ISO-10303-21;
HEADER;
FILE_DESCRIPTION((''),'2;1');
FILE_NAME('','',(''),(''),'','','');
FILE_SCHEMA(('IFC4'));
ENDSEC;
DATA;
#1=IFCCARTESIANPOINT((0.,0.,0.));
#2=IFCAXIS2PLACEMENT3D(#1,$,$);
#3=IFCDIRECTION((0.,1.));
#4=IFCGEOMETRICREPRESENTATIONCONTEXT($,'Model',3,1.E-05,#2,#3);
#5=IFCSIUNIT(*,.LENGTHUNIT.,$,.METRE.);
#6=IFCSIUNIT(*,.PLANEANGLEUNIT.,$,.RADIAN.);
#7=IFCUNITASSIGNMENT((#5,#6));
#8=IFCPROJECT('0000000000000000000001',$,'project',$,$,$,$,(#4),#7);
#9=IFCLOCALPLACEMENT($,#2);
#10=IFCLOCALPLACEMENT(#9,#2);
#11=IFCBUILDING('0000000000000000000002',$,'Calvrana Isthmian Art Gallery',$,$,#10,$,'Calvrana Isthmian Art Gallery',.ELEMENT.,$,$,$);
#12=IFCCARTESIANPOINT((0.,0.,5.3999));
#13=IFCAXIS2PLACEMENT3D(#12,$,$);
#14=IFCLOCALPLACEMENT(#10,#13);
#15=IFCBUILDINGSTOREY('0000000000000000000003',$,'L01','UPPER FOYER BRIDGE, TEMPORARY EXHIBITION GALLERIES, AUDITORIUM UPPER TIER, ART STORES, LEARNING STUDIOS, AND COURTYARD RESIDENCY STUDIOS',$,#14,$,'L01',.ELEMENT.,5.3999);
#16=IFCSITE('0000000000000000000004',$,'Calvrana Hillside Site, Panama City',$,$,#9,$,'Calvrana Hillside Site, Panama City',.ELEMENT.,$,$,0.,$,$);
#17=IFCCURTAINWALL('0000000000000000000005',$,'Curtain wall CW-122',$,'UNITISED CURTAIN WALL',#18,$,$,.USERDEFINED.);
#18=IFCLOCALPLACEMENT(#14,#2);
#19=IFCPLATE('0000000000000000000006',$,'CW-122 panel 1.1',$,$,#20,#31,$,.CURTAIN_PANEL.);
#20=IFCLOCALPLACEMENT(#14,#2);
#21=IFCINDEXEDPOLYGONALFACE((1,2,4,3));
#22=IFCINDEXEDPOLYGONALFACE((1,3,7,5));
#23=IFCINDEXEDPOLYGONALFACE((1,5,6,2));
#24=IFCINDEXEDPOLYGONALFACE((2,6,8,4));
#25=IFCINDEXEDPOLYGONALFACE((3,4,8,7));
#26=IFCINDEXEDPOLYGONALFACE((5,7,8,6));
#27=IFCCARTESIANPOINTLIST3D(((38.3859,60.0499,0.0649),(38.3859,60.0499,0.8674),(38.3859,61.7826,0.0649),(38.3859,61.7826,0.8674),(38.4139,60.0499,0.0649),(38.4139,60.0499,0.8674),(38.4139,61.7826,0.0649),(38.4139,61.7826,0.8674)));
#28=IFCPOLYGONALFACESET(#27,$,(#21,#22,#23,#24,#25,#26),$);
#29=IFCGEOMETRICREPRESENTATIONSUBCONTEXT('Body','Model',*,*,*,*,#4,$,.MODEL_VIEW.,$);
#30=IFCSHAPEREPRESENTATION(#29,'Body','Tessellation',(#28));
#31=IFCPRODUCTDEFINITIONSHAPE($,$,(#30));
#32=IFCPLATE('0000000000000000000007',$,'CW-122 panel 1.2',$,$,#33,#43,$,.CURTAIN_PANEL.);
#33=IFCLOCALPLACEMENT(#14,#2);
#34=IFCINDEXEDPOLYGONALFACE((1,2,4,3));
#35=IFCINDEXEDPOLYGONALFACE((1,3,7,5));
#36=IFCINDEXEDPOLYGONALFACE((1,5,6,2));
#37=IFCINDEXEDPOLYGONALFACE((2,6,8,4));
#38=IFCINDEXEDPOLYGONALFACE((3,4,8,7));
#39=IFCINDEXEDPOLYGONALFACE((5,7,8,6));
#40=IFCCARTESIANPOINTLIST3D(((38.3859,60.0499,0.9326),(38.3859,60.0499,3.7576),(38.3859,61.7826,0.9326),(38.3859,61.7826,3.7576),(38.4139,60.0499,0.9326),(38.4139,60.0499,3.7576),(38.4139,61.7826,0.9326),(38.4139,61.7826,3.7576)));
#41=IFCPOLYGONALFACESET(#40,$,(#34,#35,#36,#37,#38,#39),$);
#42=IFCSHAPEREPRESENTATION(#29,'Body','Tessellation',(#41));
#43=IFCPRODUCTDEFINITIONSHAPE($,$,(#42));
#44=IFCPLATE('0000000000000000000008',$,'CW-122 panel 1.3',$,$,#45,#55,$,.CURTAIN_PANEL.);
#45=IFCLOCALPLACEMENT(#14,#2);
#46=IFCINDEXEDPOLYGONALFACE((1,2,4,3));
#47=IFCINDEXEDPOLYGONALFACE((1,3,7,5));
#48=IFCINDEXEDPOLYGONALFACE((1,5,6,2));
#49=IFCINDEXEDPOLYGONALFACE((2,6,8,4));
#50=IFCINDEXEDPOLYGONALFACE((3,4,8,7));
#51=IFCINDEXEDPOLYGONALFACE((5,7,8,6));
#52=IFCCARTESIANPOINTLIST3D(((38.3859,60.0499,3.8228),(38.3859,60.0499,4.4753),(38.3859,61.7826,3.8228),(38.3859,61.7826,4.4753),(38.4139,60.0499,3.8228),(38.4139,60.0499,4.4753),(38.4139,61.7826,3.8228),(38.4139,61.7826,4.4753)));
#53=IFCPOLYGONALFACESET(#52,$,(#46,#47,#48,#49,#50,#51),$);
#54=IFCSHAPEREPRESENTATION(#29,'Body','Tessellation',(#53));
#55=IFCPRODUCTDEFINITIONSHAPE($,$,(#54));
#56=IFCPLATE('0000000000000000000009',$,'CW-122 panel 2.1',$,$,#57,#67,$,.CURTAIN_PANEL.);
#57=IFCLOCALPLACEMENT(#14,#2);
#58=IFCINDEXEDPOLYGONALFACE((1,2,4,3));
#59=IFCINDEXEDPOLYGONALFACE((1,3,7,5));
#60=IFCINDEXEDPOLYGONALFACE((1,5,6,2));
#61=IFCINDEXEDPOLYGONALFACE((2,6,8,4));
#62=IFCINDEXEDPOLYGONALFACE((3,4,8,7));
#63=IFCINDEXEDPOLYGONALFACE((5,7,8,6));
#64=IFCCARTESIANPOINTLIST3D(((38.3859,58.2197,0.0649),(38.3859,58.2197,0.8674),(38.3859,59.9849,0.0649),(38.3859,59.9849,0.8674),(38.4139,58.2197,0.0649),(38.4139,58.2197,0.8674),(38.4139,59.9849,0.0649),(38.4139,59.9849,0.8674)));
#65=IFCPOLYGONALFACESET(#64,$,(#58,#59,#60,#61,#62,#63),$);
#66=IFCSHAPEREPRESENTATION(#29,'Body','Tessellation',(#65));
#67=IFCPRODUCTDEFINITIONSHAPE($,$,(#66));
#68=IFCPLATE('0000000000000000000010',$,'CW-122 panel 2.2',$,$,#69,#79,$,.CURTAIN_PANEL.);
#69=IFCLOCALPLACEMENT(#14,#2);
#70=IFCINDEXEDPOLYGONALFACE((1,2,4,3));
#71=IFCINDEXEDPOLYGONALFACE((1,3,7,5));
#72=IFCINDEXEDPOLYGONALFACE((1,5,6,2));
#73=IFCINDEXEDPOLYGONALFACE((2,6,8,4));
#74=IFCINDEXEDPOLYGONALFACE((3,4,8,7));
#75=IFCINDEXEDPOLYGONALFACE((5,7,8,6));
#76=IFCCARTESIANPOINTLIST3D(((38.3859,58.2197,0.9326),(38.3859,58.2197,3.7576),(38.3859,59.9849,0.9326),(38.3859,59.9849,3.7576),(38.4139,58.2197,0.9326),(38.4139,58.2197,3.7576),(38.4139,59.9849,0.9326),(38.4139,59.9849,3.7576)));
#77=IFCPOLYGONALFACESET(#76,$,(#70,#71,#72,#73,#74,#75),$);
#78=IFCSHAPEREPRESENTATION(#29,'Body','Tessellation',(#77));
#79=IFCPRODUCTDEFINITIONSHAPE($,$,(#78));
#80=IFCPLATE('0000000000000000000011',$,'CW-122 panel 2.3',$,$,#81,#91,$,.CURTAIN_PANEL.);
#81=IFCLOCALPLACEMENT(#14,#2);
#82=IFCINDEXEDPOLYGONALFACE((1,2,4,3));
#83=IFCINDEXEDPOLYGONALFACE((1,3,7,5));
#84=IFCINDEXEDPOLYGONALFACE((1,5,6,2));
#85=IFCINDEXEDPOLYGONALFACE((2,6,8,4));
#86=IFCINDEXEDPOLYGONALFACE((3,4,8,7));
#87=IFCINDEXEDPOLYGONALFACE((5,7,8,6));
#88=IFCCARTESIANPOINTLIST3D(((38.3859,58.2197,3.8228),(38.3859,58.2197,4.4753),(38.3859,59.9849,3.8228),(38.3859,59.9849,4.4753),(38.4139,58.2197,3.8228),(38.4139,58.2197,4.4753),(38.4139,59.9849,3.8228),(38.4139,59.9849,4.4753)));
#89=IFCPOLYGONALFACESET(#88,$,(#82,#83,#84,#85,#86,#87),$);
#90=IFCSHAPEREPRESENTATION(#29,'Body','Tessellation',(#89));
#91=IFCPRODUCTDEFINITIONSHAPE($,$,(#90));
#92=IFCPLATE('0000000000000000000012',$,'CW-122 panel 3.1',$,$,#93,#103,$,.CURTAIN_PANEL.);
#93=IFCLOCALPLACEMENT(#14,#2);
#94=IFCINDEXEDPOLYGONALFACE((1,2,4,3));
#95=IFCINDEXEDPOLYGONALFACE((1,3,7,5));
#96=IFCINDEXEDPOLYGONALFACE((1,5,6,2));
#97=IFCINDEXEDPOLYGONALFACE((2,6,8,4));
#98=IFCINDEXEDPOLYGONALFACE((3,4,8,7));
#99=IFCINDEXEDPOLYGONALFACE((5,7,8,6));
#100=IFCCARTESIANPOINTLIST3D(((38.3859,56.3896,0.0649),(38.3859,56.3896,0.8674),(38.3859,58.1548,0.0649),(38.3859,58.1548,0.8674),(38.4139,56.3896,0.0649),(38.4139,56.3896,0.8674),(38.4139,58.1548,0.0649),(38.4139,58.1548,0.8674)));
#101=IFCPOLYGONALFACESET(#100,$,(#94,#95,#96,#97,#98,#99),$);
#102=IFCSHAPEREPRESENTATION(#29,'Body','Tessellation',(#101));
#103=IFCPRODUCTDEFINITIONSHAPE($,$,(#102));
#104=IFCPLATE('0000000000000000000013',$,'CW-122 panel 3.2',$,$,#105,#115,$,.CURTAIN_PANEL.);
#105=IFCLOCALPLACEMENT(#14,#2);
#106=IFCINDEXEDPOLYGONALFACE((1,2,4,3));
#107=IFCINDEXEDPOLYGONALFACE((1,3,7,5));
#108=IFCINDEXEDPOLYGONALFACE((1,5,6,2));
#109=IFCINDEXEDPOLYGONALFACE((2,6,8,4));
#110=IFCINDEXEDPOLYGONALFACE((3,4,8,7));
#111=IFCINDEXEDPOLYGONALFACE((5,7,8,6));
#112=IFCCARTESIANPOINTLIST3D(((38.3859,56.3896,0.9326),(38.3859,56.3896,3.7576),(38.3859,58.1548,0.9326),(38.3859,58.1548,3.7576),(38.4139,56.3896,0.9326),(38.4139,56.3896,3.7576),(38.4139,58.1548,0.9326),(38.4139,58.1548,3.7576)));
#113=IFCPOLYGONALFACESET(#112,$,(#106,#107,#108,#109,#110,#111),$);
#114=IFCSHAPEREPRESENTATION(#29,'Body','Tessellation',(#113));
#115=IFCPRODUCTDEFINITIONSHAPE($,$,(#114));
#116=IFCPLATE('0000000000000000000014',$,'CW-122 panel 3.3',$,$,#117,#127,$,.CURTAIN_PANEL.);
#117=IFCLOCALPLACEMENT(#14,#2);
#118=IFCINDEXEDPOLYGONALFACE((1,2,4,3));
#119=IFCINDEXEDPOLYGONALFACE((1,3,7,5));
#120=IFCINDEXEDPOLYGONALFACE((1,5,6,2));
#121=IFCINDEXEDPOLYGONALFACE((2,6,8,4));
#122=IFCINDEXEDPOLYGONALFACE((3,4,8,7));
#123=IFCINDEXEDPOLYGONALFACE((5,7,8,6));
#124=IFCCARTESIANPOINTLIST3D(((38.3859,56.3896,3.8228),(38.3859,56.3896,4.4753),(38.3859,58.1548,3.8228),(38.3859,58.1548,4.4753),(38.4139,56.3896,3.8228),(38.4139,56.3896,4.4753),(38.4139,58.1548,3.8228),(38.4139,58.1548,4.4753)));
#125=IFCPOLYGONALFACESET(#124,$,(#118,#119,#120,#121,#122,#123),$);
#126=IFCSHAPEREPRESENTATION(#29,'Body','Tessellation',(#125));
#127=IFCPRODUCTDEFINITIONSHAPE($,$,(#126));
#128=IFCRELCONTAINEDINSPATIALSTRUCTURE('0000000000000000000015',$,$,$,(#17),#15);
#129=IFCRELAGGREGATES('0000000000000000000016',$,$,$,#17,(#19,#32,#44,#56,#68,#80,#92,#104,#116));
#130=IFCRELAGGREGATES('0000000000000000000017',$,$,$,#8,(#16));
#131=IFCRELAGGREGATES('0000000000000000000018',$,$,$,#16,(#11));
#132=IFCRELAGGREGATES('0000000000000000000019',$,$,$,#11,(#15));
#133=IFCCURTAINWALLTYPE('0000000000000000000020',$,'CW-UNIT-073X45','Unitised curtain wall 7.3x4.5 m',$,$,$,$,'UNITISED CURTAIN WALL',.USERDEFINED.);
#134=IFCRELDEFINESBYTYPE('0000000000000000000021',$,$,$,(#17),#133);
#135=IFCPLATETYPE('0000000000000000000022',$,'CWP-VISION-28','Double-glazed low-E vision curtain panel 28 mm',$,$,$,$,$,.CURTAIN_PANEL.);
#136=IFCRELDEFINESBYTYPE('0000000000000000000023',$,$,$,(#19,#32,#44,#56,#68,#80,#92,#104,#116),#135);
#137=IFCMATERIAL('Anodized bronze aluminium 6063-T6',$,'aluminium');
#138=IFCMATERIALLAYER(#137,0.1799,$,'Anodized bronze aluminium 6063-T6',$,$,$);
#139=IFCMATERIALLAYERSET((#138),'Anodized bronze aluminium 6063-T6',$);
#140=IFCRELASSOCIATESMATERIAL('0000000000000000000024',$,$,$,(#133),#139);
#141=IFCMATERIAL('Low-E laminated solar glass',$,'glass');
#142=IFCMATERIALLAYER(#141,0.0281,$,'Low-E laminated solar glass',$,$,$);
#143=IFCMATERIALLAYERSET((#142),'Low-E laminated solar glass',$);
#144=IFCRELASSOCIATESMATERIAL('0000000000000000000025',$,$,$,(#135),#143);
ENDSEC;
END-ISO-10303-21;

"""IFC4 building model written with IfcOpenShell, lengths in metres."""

from ifc_helpers import new_model, si_unit, direction, frame, origin, origin_2d, place, context, subcontext, project, spatial, rectangle, extrude, material, layer, layer_set, type_object, element, aggregate, save


model = new_model("IFC4")

# Units and contexts
model_context = context("Model", 3, precision=1e-05, world=origin(), true_north=direction((0.0, 1.0)))
body_context = subcontext(model_context, "Body", "Model", "MODEL_VIEW")
ifc_project = project(units=[si_unit("LENGTHUNIT", "METRE"), si_unit("PLANEANGLEUNIT", "RADIAN")], contexts=[model_context])

# Site, building, storey
site_placement = place(None, origin())
site = spatial("IfcSite", under=ifc_project, at=site_placement, Name="Calvrana Hillside Site, Panama City", LongName="Calvrana Hillside Site, Panama City", CompositionType="ELEMENT", RefElevation=0.0)
building_placement = place(site_placement, origin())
building = spatial("IfcBuilding", under=site, at=building_placement, Name="Calvrana Isthmian Art Gallery", LongName="Calvrana Isthmian Art Gallery", CompositionType="ELEMENT")
storey_placement = place(building_placement, frame((0.0, 0.0, 5.3999)))
storey = spatial("IfcBuildingStorey", under=building, at=storey_placement, Name="L01", Description="UPPER FOYER BRIDGE, TEMPORARY EXHIBITION GALLERIES, AUDITORIUM UPPER TIER, ART STORES, LEARNING STUDIOS, AND COURTYARD RESIDENCY STUDIOS", LongName="L01", CompositionType="ELEMENT", Elevation=5.3999)

# Curtain wall
ifc_material_1 = material(Name="Anodized bronze aluminium 6063-T6", Category="aluminium")
ifc_layer_1 = layer(ifc_material_1, 0.1799, Name="Anodized bronze aluminium 6063-T6")
ifc_layer_set_1 = layer_set([ifc_layer_1], Name="Anodized bronze aluminium 6063-T6")
curtain_wall_type_1 = type_object("IfcCurtainWallType", Name="CW-UNIT-073X45", Description="Unitised curtain wall 7.3x4.5 m", ElementType="UNITISED CURTAIN WALL", PredefinedType="USERDEFINED", material=ifc_layer_set_1)
curtain_wall_1_placement = place(storey_placement, origin())
curtain_wall_1 = element("IfcCurtainWall", 1, at=curtain_wall_1_placement, inside=storey, type_object=curtain_wall_type_1, Name="Curtain wall CW-122", ObjectType="UNITISED CURTAIN WALL", PredefinedType="USERDEFINED")

# Shared definitions
ifc_material_2 = material(Name="Low-E laminated solar glass", Category="glass")
ifc_layer_2 = layer(ifc_material_2, 0.0281, Name="Low-E laminated solar glass")
ifc_layer_set_2 = layer_set([ifc_layer_2], Name="Low-E laminated solar glass")
plate_type = type_object("IfcPlateType", Name="CWP-VISION-28", Description="Double-glazed low-E vision curtain panel 28 mm", PredefinedType="CURTAIN_PANEL", material=ifc_layer_set_2)

# Plates
plate_1_placement = place(storey_placement, frame((38.3999, 60.9163, 0.0649), z_axis=(0.0, 0.0, 1.0), x_axis=(0.0, -1.0, 0.0)))
plate_1 = element("IfcPlate", 2, at=plate_1_placement, type_object=plate_type, Name="CW-122 panel 1.1", PredefinedType="CURTAIN_PANEL", context=body_context, shape_type="SweptSolid", body=[
    extrude(rectangle(XDim=1.7327, YDim=0.0281, at=origin_2d()), origin(), (0.0, 0.0, 1.0), 0.8025),
])
plate_2_placement = place(storey_placement, frame((38.3999, 60.9163, 0.9326), z_axis=(0.0, 0.0, 1.0), x_axis=(0.0, -1.0, 0.0)))
plate_2 = element("IfcPlate", 3, at=plate_2_placement, type_object=plate_type, Name="CW-122 panel 1.2", PredefinedType="CURTAIN_PANEL", context=body_context, shape_type="SweptSolid", body=[
    extrude(rectangle(XDim=1.7327, YDim=0.0281, at=origin_2d()), origin(), (0.0, 0.0, 1.0), 2.825),
])
plate_3_placement = place(storey_placement, frame((38.3999, 60.9163, 3.8228), z_axis=(0.0, 0.0, 1.0), x_axis=(0.0, -1.0, 0.0)))
plate_3 = element("IfcPlate", 4, at=plate_3_placement, type_object=plate_type, Name="CW-122 panel 1.3", PredefinedType="CURTAIN_PANEL", context=body_context, shape_type="SweptSolid", body=[
    extrude(rectangle(XDim=1.7327, YDim=0.0281, at=origin_2d()), origin(), (0.0, 0.0, 1.0), 0.6526),
])
plate_4_placement = place(storey_placement, frame((38.3999, 59.1023, 0.0649), z_axis=(0.0, 0.0, 1.0), x_axis=(0.0, -1.0, 0.0)))
plate_4 = element("IfcPlate", 5, at=plate_4_placement, type_object=plate_type, Name="CW-122 panel 2.1", PredefinedType="CURTAIN_PANEL", context=body_context, shape_type="SweptSolid", body=[
    extrude(rectangle(XDim=1.7651, YDim=0.0281, at=origin_2d()), origin(), (0.0, 0.0, 1.0), 0.8025),
])
plate_5_placement = place(storey_placement, frame((38.3999, 59.1023, 0.9326), z_axis=(0.0, 0.0, 1.0), x_axis=(0.0, -1.0, 0.0)))
plate_5 = element("IfcPlate", 6, at=plate_5_placement, type_object=plate_type, Name="CW-122 panel 2.2", PredefinedType="CURTAIN_PANEL", context=body_context, shape_type="SweptSolid", body=[
    extrude(rectangle(XDim=1.7651, YDim=0.0281, at=origin_2d()), origin(), (0.0, 0.0, 1.0), 2.825),
])
plate_6_placement = place(storey_placement, frame((38.3999, 59.1023, 3.8228), z_axis=(0.0, 0.0, 1.0), x_axis=(0.0, -1.0, 0.0)))
plate_6 = element("IfcPlate", 7, at=plate_6_placement, type_object=plate_type, Name="CW-122 panel 2.3", PredefinedType="CURTAIN_PANEL", context=body_context, shape_type="SweptSolid", body=[
    extrude(rectangle(XDim=1.7651, YDim=0.0281, at=origin_2d()), origin(), (0.0, 0.0, 1.0), 0.6526),
])
plate_7_placement = place(storey_placement, frame((38.3999, 57.2722, 0.0649), z_axis=(0.0, 0.0, 1.0), x_axis=(0.0, -1.0, 0.0)))
plate_7 = element("IfcPlate", 8, at=plate_7_placement, type_object=plate_type, Name="CW-122 panel 3.1", PredefinedType="CURTAIN_PANEL", context=body_context, shape_type="SweptSolid", body=[
    extrude(rectangle(XDim=1.7651, YDim=0.0281, at=origin_2d()), origin(), (0.0, 0.0, 1.0), 0.8025),
])
plate_8_placement = place(storey_placement, frame((38.3999, 57.2722, 0.9326), z_axis=(0.0, 0.0, 1.0), x_axis=(0.0, -1.0, 0.0)))
plate_8 = element("IfcPlate", 9, at=plate_8_placement, type_object=plate_type, Name="CW-122 panel 3.2", PredefinedType="CURTAIN_PANEL", context=body_context, shape_type="SweptSolid", body=[
    extrude(rectangle(XDim=1.7651, YDim=0.0281, at=origin_2d()), origin(), (0.0, 0.0, 1.0), 2.825),
])
plate_9_placement = place(storey_placement, frame((38.3999, 57.2722, 3.8228), z_axis=(0.0, 0.0, 1.0), x_axis=(0.0, -1.0, 0.0)))
plate_9 = element("IfcPlate", 10, at=plate_9_placement, type_object=plate_type, Name="CW-122 panel 3.3", PredefinedType="CURTAIN_PANEL", context=body_context, shape_type="SweptSolid", body=[
    extrude(rectangle(XDim=1.7651, YDim=0.0281, at=origin_2d()), origin(), (0.0, 0.0, 1.0), 0.6526),
])
aggregate(curtain_wall_1, [plate_1, plate_2, plate_3, plate_4, plate_5, plate_6, plate_7, plate_8, plate_9])

save(model, "model.ifc")
